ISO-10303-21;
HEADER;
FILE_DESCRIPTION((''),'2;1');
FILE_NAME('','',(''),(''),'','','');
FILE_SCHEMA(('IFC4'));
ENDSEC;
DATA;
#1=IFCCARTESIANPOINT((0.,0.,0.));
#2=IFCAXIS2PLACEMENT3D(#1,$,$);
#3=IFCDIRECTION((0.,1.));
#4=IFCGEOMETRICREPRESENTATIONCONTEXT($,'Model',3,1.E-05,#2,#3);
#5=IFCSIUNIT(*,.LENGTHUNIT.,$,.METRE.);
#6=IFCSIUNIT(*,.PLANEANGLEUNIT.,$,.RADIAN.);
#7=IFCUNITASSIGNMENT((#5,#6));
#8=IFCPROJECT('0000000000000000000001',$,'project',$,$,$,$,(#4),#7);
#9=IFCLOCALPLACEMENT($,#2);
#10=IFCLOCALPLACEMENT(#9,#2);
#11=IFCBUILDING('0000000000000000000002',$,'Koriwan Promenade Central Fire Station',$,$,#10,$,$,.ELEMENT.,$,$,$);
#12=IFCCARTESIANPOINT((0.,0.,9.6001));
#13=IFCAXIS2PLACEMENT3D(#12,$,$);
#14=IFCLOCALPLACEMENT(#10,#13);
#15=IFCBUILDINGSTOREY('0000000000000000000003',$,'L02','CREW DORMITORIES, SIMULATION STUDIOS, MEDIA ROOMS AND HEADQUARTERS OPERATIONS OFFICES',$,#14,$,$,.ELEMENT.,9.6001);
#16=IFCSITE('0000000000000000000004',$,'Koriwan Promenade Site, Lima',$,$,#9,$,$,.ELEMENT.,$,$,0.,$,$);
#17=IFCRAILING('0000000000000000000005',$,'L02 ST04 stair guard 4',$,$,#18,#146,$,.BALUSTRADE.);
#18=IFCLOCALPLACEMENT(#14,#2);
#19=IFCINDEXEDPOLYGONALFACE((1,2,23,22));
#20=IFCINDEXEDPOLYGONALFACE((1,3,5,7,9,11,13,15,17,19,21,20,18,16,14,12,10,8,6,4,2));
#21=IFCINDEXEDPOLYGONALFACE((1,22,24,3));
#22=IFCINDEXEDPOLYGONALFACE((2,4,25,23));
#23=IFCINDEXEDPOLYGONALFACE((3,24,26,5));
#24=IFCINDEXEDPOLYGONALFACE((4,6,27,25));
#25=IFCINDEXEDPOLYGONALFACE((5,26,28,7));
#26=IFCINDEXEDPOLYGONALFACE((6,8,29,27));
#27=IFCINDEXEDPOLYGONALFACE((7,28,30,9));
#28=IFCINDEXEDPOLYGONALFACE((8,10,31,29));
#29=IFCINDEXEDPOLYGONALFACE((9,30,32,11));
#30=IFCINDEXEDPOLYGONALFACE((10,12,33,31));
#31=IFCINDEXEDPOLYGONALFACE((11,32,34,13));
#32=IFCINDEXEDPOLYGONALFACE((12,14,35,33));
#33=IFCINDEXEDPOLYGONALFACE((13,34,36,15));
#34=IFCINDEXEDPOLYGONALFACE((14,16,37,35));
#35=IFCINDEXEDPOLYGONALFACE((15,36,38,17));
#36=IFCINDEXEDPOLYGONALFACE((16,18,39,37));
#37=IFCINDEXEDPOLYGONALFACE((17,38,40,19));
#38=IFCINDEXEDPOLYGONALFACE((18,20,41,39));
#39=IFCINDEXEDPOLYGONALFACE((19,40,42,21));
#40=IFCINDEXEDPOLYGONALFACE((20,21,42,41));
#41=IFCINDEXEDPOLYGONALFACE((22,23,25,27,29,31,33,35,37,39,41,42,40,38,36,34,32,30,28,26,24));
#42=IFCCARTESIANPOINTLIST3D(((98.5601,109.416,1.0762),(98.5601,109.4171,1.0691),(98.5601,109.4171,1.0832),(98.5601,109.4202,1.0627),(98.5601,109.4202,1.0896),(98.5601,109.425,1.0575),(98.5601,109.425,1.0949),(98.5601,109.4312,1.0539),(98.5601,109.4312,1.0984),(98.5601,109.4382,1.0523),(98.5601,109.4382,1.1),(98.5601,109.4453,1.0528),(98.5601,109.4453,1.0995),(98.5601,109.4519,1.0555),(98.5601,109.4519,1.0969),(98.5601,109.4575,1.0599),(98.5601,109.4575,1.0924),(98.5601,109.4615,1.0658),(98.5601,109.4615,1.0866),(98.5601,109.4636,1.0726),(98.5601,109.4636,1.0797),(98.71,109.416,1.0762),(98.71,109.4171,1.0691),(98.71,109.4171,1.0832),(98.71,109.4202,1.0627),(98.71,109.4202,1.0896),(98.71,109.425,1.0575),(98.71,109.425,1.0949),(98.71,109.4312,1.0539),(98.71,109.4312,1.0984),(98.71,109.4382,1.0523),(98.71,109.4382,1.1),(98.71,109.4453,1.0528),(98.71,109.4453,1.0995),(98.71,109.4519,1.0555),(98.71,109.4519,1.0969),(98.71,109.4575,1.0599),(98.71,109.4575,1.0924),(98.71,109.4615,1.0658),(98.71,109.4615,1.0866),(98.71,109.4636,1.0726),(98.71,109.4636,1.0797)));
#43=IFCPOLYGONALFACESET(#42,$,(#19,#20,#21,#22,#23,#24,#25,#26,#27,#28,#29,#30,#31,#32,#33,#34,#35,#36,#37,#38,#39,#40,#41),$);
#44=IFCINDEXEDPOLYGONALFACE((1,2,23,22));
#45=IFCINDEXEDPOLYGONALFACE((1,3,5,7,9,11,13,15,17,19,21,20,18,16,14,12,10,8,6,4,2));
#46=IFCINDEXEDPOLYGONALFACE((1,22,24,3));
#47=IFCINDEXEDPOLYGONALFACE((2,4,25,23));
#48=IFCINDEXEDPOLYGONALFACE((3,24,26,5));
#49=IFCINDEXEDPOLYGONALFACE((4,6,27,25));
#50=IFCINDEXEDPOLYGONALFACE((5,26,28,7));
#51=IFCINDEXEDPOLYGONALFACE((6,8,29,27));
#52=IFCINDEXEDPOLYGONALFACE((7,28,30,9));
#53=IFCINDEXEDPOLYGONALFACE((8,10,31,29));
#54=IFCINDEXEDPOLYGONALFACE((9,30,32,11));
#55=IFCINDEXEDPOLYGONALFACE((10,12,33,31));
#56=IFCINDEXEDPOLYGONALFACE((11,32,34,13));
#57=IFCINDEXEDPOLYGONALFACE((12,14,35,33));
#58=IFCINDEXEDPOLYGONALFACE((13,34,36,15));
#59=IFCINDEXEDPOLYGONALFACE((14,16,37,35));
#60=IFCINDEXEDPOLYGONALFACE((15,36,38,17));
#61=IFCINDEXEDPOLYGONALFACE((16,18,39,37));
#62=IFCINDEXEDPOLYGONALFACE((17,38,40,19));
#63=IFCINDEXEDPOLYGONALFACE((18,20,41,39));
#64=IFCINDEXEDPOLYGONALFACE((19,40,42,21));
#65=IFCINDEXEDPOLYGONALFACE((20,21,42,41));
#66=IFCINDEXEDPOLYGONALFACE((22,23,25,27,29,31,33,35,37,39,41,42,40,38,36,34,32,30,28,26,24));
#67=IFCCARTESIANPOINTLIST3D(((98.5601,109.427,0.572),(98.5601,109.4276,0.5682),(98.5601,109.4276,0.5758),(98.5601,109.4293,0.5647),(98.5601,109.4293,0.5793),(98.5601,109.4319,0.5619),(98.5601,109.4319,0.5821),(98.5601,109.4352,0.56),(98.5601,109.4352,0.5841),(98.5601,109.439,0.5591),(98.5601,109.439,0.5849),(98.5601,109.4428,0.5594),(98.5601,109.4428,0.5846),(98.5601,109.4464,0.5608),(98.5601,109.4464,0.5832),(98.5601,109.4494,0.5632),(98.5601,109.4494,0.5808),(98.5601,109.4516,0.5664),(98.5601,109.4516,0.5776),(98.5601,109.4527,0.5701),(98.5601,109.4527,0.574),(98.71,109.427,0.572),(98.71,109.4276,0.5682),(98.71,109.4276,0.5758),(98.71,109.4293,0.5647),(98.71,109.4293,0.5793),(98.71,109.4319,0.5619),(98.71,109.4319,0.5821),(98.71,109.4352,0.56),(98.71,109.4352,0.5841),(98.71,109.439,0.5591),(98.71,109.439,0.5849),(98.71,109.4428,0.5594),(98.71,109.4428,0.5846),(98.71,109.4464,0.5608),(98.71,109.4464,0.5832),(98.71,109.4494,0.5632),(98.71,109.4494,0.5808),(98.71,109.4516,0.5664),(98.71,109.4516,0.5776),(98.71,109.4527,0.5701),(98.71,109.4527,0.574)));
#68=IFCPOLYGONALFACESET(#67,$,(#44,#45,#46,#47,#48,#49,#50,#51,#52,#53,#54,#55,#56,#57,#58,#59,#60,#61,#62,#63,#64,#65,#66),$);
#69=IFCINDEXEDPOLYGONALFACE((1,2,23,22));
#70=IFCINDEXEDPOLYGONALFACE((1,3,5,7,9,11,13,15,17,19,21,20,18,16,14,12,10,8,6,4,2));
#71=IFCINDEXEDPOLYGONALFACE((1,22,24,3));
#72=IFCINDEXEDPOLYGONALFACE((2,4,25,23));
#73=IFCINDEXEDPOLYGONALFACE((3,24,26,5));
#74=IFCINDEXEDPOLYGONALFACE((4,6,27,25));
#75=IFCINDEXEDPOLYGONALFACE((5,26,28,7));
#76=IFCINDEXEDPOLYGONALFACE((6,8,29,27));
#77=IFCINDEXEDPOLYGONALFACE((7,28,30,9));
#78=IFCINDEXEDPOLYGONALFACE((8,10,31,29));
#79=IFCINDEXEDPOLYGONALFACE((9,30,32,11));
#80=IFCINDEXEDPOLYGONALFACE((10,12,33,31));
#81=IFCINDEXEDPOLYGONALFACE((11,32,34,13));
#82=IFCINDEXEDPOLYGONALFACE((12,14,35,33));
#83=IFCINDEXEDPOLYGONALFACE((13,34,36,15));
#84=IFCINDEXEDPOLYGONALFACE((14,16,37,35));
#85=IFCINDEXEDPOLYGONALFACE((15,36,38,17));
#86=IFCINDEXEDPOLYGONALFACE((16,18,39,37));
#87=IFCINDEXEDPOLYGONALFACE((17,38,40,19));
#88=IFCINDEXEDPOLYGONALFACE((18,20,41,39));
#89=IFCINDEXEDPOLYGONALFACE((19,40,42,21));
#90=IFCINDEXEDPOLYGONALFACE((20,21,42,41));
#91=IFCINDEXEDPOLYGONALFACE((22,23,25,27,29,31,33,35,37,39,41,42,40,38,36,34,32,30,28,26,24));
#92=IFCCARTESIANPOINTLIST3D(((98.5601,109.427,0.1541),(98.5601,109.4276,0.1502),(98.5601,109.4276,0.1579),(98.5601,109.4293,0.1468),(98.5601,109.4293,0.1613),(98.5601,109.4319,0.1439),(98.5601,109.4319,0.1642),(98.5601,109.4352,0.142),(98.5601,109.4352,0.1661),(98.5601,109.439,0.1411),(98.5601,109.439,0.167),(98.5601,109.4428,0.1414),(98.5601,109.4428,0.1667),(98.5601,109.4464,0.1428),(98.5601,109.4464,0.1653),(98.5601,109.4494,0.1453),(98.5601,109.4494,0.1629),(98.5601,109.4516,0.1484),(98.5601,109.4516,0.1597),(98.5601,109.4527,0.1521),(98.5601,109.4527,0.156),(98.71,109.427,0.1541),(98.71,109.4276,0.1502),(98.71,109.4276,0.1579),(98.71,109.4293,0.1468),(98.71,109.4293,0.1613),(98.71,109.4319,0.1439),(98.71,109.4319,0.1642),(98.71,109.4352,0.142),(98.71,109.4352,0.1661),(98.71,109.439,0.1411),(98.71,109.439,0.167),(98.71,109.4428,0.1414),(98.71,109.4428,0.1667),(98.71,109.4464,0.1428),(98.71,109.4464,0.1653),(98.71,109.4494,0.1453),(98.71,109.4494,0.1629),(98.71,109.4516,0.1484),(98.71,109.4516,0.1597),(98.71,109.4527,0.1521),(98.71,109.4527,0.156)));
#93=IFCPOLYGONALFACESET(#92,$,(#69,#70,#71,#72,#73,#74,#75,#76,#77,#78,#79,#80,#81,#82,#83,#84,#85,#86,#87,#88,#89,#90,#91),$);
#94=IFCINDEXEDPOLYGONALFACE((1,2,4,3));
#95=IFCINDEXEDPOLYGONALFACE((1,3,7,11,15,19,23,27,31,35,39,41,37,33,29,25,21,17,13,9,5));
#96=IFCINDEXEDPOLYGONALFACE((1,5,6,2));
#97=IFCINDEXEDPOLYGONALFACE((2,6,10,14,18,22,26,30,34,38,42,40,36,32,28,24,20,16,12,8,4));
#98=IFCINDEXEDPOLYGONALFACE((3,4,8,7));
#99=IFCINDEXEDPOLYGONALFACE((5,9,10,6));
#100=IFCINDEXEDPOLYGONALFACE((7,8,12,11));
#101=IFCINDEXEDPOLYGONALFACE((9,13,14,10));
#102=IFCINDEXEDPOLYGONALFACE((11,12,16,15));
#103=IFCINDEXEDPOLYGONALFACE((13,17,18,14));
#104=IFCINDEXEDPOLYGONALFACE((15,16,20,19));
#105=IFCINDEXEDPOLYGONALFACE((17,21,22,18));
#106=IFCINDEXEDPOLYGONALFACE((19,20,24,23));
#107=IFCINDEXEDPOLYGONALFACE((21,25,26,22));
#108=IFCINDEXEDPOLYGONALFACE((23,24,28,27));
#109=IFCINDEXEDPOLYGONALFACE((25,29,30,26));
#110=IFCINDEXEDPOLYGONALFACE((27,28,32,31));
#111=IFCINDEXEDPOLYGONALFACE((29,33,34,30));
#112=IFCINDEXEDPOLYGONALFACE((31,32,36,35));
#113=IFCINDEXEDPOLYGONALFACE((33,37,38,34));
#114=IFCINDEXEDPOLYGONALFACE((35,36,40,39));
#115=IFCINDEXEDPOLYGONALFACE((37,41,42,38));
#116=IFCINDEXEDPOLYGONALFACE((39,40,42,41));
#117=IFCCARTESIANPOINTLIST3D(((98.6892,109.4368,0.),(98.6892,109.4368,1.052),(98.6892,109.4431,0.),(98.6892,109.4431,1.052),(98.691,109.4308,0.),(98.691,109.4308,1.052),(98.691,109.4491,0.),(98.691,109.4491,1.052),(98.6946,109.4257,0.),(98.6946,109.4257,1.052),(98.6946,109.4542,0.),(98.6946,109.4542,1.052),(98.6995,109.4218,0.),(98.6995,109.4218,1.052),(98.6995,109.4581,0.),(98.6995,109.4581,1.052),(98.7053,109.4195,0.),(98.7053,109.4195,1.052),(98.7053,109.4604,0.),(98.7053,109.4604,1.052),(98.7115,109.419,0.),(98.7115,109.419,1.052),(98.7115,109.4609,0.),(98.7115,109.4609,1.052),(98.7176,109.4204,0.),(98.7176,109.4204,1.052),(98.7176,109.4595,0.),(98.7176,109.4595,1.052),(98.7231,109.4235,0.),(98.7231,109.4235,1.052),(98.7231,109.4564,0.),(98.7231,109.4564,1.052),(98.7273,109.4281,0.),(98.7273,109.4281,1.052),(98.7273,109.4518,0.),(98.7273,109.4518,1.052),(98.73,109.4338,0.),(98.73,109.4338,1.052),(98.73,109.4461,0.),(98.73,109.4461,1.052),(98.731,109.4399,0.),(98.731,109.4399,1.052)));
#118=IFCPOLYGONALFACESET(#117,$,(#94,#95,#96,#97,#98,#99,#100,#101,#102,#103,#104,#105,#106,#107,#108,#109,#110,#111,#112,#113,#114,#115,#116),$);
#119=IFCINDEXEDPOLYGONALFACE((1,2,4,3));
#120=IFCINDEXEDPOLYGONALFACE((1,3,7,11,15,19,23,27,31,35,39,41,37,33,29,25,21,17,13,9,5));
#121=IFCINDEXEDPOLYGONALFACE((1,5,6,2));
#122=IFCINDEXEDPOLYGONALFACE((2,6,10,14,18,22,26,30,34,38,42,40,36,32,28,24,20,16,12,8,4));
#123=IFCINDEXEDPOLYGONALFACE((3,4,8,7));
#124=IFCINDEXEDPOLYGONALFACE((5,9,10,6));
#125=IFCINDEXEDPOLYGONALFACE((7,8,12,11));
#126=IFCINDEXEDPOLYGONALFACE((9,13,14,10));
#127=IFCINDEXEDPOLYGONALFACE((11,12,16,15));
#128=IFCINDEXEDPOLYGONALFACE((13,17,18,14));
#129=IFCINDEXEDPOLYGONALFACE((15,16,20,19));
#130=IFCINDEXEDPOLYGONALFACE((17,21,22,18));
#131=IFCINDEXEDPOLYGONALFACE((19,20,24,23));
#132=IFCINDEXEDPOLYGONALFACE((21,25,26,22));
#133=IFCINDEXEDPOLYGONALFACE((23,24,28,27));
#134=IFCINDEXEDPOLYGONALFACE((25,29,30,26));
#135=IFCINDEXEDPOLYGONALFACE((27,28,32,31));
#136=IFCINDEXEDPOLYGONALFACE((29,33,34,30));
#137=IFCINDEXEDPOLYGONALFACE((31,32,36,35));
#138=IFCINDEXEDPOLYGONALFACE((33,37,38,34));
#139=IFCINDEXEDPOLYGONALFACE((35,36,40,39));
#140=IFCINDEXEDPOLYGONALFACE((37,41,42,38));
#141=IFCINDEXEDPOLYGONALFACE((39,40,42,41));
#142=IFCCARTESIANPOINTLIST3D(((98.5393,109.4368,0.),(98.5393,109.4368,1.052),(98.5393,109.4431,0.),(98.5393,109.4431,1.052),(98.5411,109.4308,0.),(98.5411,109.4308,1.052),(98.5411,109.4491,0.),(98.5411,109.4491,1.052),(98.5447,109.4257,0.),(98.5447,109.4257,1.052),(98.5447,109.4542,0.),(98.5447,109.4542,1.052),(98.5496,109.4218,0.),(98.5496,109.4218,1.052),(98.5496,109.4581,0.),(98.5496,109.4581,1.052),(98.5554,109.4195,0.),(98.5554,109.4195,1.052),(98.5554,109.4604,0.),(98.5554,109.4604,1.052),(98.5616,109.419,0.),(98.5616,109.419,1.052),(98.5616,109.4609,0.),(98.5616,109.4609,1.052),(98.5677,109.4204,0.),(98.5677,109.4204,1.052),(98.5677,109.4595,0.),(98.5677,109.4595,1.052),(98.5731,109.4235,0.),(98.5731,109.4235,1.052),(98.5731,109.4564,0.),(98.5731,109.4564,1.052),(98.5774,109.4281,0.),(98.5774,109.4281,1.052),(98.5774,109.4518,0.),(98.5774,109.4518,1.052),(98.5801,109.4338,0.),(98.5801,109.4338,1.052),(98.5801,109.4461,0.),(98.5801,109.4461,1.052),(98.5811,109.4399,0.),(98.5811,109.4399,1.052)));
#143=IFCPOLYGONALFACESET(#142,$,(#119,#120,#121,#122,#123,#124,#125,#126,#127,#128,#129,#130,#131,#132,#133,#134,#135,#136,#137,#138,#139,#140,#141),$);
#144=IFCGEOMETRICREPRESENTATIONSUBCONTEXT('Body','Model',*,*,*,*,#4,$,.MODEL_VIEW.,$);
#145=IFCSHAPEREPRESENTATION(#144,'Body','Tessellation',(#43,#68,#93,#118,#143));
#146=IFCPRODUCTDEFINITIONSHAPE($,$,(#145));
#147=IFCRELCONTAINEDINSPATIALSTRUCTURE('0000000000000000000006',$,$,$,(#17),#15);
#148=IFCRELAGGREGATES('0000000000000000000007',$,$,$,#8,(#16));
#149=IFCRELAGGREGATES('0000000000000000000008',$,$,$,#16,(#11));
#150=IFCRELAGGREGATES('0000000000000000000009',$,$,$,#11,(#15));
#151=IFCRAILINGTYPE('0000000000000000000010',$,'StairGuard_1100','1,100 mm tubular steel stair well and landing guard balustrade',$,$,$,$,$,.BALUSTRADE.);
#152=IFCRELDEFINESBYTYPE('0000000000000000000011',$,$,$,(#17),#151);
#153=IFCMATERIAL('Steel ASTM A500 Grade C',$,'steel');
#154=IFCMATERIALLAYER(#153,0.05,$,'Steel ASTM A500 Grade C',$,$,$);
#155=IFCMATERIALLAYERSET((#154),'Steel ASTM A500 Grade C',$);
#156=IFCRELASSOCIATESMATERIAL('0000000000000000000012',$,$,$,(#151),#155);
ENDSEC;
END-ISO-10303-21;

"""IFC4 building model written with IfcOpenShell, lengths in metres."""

from ifc_helpers import new_model, si_unit, direction, frame, origin, origin_2d, place, context, subcontext, project, spatial, circle, extrude, material, layer, layer_set, type_object, element, save


model = new_model("IFC4")

# Units and contexts
model_context = context("Model", 3, precision=1e-05, world=origin(), true_north=direction((0.0, 1.0)))
body_context = subcontext(model_context, "Body", "Model", "MODEL_VIEW")
ifc_project = project(units=[si_unit("LENGTHUNIT", "METRE"), si_unit("PLANEANGLEUNIT", "RADIAN")], contexts=[model_context])

# Site, building, storey
site_placement = place(None, origin())
site = spatial("IfcSite", under=ifc_project, at=site_placement, Name="Koriwan Promenade Site, Lima", CompositionType="ELEMENT", RefElevation=0.0)
building_placement = place(site_placement, origin())
building = spatial("IfcBuilding", under=site, at=building_placement, Name="Koriwan Promenade Central Fire Station", CompositionType="ELEMENT")
storey_placement = place(building_placement, frame((0.0, 0.0, 9.6001)))
storey = spatial("IfcBuildingStorey", under=building, at=storey_placement, Name="L02", Description="CREW DORMITORIES, SIMULATION STUDIOS, MEDIA ROOMS AND HEADQUARTERS OPERATIONS OFFICES", CompositionType="ELEMENT", Elevation=9.6001)

# Railing
ifc_material_1 = material(Name="Steel ASTM A500 Grade C", Category="steel")
ifc_layer_1 = layer(ifc_material_1, 0.05, Name="Steel ASTM A500 Grade C")
ifc_layer_set_1 = layer_set([ifc_layer_1], Name="Steel ASTM A500 Grade C")
railing_type_1 = type_object("IfcRailingType", Name="StairGuard_1100", Description="1,100 mm tubular steel stair well and landing guard balustrade", PredefinedType="BALUSTRADE", material=ifc_layer_set_1)
railing_1_placement = place(storey_placement, frame((98.71, 109.4399, 0.0)))
element("IfcRailing", 1, at=railing_1_placement, inside=storey, type_object=railing_type_1, Name="L02 ST04 stair guard 4", PredefinedType="BALUSTRADE", context=body_context, shape_type="SweptSolid", body=[
    extrude(circle(Radius=0.0239, at=origin_2d()), frame((0.0, 0.0, 1.0762), z_axis=(-1.0, 0.0, 0.0), x_axis=(0.0, -1.0, 0.0)), (0.0, 0.0, 1.0), 0.1499),
    extrude(circle(Radius=0.0129, at=origin_2d()), frame((0.0, 0.0, 0.572), z_axis=(-1.0, 0.0, 0.0), x_axis=(0.0, -1.0, 0.0)), (0.0, 0.0, 1.0), 0.1499),
    extrude(circle(Radius=0.0129, at=origin_2d()), frame((0.0, 0.0, 0.1541), z_axis=(-1.0, 0.0, 0.0), x_axis=(0.0, -1.0, 0.0)), (0.0, 0.0, 1.0), 0.1499),
    extrude(circle(Radius=0.021, at=origin_2d()), origin(), (0.0, 0.0, 1.0), 1.052),
    extrude(circle(Radius=0.021, at=origin_2d()), frame((-0.1499, 0.0, 0.0)), (0.0, 0.0, 1.0), 1.052),
])

save(model, "model.ifc")
